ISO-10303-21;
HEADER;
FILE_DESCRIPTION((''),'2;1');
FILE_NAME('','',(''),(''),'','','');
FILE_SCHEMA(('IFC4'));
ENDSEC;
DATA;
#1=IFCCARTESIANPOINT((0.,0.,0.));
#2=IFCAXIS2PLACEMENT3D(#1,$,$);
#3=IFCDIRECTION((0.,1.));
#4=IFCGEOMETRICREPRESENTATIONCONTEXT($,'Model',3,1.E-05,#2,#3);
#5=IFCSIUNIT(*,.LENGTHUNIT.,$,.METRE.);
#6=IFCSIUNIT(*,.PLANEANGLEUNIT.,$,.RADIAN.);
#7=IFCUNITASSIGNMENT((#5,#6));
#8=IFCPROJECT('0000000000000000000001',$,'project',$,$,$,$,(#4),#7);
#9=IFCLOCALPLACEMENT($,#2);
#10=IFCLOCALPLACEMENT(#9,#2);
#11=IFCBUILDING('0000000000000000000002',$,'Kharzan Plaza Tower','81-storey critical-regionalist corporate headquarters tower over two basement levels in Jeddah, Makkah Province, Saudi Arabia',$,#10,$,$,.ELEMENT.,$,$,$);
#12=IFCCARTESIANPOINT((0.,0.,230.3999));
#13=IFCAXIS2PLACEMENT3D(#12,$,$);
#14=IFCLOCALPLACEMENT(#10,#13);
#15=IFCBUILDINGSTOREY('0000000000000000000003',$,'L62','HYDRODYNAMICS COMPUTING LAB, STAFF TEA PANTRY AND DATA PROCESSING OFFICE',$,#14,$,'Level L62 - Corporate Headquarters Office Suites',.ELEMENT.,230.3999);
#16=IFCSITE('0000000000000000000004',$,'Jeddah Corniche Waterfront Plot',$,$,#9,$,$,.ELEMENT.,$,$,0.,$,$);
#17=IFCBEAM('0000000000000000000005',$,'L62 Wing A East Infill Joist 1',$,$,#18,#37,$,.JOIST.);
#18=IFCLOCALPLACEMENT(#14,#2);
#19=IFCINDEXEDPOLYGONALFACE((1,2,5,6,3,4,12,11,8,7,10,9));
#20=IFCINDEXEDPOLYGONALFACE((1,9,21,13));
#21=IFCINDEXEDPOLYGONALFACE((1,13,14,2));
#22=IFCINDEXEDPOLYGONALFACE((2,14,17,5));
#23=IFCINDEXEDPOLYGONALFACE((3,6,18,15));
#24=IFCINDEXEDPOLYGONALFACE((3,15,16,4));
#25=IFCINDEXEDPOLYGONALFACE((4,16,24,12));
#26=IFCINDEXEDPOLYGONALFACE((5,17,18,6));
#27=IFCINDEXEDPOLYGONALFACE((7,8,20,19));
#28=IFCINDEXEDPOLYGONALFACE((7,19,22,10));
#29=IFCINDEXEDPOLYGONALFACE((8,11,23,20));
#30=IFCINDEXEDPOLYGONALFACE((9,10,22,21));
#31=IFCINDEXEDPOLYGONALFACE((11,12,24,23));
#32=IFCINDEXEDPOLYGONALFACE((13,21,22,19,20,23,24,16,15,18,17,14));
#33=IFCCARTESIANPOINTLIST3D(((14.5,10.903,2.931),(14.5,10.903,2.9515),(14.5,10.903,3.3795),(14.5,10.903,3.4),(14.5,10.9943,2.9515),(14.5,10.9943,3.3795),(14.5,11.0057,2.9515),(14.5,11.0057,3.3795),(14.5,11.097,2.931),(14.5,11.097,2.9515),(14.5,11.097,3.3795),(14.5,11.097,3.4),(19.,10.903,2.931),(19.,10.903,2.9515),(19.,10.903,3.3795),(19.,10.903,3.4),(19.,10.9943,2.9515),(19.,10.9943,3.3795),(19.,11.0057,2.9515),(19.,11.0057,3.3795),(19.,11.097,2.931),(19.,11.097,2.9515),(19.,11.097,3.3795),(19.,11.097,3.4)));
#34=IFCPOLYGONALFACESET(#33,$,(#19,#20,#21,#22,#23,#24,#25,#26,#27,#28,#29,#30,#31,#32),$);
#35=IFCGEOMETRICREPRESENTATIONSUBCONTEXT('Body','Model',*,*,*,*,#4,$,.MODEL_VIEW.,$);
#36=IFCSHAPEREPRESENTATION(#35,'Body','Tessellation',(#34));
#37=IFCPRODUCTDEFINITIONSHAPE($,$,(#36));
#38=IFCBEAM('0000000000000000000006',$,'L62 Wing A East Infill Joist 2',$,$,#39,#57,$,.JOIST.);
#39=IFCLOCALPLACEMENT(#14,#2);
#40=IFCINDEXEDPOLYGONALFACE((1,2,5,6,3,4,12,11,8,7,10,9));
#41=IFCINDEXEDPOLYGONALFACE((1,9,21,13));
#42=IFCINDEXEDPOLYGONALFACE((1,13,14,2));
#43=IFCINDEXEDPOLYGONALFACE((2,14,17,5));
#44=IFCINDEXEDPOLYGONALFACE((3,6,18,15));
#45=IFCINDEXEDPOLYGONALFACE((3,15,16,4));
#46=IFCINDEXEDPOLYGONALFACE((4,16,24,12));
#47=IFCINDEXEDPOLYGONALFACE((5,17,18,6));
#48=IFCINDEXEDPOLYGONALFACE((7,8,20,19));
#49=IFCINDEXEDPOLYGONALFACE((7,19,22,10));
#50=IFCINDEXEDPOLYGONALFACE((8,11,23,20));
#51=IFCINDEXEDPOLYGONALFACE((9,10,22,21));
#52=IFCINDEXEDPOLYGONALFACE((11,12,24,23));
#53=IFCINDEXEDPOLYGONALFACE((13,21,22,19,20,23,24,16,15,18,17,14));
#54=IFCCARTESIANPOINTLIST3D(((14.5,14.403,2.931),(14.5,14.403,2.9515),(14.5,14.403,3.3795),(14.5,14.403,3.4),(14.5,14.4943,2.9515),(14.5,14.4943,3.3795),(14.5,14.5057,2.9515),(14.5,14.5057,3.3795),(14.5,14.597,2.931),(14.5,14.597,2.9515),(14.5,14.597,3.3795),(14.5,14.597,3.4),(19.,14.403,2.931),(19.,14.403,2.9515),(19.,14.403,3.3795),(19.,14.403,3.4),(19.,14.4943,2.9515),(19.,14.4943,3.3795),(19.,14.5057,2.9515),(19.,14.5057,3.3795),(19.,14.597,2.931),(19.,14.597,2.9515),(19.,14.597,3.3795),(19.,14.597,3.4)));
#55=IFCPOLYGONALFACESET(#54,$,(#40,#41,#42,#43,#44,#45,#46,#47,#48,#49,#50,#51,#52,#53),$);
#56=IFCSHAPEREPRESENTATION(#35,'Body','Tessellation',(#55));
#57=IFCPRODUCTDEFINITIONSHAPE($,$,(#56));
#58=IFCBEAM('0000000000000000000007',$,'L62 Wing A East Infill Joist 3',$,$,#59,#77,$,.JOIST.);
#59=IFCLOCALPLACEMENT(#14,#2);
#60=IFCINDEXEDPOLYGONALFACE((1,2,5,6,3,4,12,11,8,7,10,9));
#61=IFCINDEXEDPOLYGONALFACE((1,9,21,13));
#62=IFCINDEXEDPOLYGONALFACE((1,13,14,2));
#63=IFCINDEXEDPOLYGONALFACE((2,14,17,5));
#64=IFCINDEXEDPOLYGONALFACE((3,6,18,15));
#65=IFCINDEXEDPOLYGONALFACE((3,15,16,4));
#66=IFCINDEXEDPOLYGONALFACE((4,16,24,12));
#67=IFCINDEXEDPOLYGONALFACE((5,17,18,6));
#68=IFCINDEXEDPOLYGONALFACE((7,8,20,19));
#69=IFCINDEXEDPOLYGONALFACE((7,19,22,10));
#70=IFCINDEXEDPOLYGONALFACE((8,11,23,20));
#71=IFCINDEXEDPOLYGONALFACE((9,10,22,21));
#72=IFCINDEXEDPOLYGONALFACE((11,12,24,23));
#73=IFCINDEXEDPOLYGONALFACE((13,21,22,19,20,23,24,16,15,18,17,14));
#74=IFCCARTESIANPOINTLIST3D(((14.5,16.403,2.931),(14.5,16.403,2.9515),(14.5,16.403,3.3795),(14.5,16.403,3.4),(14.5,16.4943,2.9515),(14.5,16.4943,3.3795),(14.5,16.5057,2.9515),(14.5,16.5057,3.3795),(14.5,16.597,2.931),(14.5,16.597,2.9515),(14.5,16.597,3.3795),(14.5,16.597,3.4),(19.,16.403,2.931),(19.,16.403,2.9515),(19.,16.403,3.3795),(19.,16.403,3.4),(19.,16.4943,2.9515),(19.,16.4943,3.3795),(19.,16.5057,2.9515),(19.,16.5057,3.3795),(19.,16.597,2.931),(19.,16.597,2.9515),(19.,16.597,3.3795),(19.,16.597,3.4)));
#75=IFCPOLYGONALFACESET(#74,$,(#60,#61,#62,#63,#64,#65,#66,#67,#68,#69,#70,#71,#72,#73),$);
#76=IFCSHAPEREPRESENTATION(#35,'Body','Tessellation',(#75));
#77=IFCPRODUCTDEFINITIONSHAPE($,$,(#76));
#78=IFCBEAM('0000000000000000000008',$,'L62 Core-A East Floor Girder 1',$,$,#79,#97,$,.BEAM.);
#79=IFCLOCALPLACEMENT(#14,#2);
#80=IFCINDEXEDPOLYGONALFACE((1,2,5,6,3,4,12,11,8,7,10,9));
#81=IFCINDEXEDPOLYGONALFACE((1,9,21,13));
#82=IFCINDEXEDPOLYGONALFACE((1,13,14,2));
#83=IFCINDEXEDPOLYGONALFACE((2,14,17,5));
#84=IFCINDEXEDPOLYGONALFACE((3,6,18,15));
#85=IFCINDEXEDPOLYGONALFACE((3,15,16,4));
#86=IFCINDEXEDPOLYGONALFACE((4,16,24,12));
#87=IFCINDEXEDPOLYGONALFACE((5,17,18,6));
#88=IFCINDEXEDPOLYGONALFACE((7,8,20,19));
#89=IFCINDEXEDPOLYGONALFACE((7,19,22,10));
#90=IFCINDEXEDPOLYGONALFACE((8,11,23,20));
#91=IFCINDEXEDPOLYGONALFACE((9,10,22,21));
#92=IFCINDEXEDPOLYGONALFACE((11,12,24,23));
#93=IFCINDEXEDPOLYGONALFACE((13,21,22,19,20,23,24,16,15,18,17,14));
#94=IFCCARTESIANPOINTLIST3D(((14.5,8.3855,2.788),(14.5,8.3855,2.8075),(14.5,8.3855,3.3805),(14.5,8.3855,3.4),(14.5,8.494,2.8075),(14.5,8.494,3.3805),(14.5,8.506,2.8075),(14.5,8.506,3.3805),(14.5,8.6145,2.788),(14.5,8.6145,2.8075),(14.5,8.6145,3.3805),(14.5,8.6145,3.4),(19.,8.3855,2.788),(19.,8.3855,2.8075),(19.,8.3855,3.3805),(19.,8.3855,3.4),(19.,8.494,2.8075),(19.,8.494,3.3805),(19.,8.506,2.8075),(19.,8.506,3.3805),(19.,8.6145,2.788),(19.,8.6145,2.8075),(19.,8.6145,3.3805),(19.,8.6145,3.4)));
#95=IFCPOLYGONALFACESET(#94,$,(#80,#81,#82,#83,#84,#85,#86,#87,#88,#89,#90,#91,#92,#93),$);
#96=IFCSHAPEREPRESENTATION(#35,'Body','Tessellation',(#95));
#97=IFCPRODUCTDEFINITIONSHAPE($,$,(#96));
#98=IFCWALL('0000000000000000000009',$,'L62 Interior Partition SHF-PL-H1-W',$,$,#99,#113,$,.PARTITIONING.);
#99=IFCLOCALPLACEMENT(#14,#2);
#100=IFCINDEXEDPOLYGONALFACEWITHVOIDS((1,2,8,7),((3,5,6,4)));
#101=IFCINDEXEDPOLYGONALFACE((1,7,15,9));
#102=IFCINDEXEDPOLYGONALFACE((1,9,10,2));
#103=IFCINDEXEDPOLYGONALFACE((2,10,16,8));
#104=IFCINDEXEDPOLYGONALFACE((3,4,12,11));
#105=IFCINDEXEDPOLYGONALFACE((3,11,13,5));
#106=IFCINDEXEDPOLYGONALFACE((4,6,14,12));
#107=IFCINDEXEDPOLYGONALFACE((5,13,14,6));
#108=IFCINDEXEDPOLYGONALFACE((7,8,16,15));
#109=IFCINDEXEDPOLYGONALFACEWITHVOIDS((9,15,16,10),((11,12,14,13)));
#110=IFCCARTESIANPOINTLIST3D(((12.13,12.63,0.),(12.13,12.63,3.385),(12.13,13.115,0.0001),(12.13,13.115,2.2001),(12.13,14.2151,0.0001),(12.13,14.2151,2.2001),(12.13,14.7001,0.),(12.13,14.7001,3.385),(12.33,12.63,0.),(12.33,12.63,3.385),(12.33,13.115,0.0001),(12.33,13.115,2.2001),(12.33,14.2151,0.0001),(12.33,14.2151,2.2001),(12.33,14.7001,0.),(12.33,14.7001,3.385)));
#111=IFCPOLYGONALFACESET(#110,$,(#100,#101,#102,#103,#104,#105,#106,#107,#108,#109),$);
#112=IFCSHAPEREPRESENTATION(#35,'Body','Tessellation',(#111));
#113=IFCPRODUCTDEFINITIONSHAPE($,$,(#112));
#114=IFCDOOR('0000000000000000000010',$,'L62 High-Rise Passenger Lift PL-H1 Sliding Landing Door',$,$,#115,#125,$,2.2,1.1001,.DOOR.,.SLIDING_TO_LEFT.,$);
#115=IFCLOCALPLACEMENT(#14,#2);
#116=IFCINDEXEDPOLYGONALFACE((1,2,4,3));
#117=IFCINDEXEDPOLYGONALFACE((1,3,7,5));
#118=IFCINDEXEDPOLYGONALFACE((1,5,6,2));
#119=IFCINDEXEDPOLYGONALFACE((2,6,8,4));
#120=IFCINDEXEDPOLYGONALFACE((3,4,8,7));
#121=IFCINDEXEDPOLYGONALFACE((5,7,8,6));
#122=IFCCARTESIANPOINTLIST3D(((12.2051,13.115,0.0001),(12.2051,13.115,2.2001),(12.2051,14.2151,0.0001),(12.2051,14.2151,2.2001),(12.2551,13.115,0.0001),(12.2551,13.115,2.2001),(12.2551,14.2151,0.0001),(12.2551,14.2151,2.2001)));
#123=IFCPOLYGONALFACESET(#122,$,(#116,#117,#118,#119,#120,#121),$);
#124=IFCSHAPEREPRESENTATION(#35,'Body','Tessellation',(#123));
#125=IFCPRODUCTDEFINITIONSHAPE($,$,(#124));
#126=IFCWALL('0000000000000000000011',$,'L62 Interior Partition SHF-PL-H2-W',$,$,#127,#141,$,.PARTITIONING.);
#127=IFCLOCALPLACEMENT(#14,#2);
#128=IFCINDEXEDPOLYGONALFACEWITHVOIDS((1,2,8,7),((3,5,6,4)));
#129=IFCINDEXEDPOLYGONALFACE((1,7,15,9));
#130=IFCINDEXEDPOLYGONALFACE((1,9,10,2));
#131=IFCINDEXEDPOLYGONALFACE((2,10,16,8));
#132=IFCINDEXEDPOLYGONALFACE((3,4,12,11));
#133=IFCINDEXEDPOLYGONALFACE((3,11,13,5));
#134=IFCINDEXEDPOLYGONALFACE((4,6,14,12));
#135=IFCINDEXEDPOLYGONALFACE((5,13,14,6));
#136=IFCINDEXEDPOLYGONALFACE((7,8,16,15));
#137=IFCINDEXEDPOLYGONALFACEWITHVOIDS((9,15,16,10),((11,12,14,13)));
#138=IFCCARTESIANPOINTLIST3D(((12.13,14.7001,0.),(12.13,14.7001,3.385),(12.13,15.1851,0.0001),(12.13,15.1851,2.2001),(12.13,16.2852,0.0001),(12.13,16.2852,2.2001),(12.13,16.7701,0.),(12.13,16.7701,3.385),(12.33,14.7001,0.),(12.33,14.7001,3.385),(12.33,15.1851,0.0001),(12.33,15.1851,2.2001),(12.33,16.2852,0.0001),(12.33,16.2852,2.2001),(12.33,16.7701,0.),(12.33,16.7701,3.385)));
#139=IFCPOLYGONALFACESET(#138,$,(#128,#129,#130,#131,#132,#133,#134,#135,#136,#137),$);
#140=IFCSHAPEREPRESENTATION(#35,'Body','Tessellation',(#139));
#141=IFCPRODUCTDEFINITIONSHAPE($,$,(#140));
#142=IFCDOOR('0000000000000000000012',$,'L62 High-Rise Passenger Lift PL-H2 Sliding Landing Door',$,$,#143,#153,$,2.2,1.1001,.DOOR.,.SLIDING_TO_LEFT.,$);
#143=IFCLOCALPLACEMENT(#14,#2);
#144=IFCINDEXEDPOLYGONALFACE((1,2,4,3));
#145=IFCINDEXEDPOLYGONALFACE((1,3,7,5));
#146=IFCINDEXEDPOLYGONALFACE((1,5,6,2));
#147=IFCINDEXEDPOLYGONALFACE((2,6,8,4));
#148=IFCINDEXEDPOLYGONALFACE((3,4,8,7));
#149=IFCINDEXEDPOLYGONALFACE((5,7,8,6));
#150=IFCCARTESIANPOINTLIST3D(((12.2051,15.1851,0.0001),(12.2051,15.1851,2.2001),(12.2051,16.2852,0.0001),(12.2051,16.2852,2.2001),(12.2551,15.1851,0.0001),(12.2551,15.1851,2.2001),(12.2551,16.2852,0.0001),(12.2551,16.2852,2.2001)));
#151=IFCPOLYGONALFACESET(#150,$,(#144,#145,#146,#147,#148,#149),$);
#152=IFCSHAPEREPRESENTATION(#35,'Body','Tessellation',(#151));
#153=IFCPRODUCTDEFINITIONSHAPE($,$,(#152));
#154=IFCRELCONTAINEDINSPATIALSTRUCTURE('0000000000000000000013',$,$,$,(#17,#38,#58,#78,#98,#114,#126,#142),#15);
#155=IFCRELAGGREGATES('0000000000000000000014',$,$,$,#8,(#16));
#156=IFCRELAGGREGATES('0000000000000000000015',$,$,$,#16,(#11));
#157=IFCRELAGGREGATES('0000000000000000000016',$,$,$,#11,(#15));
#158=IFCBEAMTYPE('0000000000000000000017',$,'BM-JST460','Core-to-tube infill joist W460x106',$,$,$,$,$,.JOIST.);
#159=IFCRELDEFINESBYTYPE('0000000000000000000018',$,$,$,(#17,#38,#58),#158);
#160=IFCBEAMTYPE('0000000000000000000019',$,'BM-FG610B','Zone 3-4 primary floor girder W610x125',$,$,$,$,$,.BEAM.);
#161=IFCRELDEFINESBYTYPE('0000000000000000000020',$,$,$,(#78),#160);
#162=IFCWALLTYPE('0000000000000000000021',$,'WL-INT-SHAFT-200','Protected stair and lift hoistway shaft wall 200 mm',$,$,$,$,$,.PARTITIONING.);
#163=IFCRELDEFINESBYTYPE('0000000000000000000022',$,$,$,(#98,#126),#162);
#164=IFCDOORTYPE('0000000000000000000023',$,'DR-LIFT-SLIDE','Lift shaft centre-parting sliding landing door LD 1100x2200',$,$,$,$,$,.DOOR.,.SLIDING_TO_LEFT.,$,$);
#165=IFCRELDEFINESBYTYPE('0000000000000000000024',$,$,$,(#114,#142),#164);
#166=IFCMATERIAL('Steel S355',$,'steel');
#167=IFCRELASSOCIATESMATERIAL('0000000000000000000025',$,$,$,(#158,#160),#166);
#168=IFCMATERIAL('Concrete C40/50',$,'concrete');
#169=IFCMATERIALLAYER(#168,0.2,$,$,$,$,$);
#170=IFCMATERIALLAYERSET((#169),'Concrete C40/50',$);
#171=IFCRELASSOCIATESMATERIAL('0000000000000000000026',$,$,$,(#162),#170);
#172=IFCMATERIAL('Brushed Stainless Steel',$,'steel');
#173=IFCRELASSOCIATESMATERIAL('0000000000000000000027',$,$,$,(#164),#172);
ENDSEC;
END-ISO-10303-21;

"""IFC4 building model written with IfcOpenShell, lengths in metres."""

from ifc_helpers import new_model, si_unit, direction, frame, frame_2d, origin, origin_2d, place, context, subcontext, project, spatial, rectangle, i_section, extrude, source, transform, mapped, material, layer, layer_set, material_profile, profile_set, type_object, element, fill, save


model = new_model("IFC4")

# Units and contexts
model_context = context("Model", 3, precision=1e-05, world=origin(), true_north=direction((0.0, 1.0)))
body_context = subcontext(model_context, "Body", "Model", "MODEL_VIEW")
ifc_project = project(units=[si_unit("LENGTHUNIT", "METRE"), si_unit("PLANEANGLEUNIT", "RADIAN")], contexts=[model_context])

# Site, building, storey
site_placement = place(None, origin())
site = spatial("IfcSite", under=ifc_project, at=site_placement, Name="Jeddah Corniche Waterfront Plot", CompositionType="ELEMENT", RefElevation=0.0)
building_placement = place(site_placement, origin())
building = spatial("IfcBuilding", under=site, at=building_placement, Name="Kharzan Plaza Tower", Description="81-storey critical-regionalist corporate headquarters tower over two basement levels in Jeddah, Makkah Province, Saudi Arabia", CompositionType="ELEMENT")
storey_placement = place(building_placement, frame((0.0, 0.0, 230.3999)))
storey = spatial("IfcBuildingStorey", under=building, at=storey_placement, Name="L62", Description="HYDRODYNAMICS COMPUTING LAB, STAFF TEA PANTRY AND DATA PROCESSING OFFICE", LongName="Level L62 - Corporate Headquarters Office Suites", CompositionType="ELEMENT", Elevation=230.3999)

# Beams
ifc_material_1 = material(Name="Steel S355", Category="steel")
ifc_material_profile_1 = material_profile(ifc_material_1, i_section(OverallWidth=0.1941, OverallDepth=0.469, WebThickness=0.0115, FlangeThickness=0.0205, at=origin_2d()), Name="W460x106")
ifc_profile_set_1 = profile_set([ifc_material_profile_1], Name="Steel S355")
beam_type_1 = type_object("IfcBeamType", Name="BM-JST460", Description="Core-to-tube infill joist W460x106", PredefinedType="JOIST", material=ifc_profile_set_1)
shared_shape_1 = source(origin(), body_context, "Body", "SweptSolid", [
    extrude(i_section(OverallWidth=0.1941, OverallDepth=0.469, WebThickness=0.0115, FlangeThickness=0.0205, at=origin_2d()), origin(), (0.0, 0.0, 1.0), 4.5),
])
for number, where, z_axis, x_axis, name in (
    (1, (14.5, 11.0, 3.1655), (1.0, 0.0, 0.0), (0.0, 1.0, 0.0), "L62 Wing A East Infill Joist 1"),
    (2, (14.5, 14.5, 3.1655), (1.0, 0.0, 0.0), (0.0, 1.0, 0.0), "L62 Wing A East Infill Joist 2"),
    (3, (14.5, 16.5, 3.1655), (1.0, 0.0, 0.0), (0.0, 1.0, 0.0), "L62 Wing A East Infill Joist 3"),
):
    element("IfcBeam", number, at=place(storey_placement, frame(where, z_axis=z_axis, x_axis=x_axis)), inside=storey, type_object=beam_type_1, Name=name, PredefinedType="JOIST", context=body_context, shape_type="MappedRepresentation", body=[
        mapped(shared_shape_1, transform((0.0, 0.0, 0.0), x_axis=(1.0, 0.0, 0.0), y_axis=(0.0, 1.0, 0.0), z_axis=(0.0, 0.0, 1.0))),
    ])
ifc_material_profile_2 = material_profile(ifc_material_1, i_section(OverallWidth=0.229, OverallDepth=0.6121, WebThickness=0.012, FlangeThickness=0.0195, at=origin_2d()), Name="W610x125")
ifc_profile_set_2 = profile_set([ifc_material_profile_2], Name="Steel S355")
beam_type_2 = type_object("IfcBeamType", Name="BM-FG610B", Description="Zone 3-4 primary floor girder W610x125", PredefinedType="BEAM", material=ifc_profile_set_2)
shared_shape_2 = source(origin(), body_context, "Body", "SweptSolid", [
    extrude(i_section(OverallWidth=0.229, OverallDepth=0.6121, WebThickness=0.012, FlangeThickness=0.0195, at=origin_2d()), origin(), (0.0, 0.0, 1.0), 4.5),
])
beam_placement = place(storey_placement, frame((14.5, 8.5, 3.094), z_axis=(1.0, 0.0, 0.0), x_axis=(0.0, 1.0, 0.0)))
element("IfcBeam", 4, at=beam_placement, inside=storey, type_object=beam_type_2, Name="L62 Core-A East Floor Girder 1", PredefinedType="BEAM", context=body_context, shape_type="MappedRepresentation", body=[
    mapped(shared_shape_2, transform((0.0, 0.0, 0.0), x_axis=(1.0, 0.0, 0.0), y_axis=(0.0, 1.0, 0.0), z_axis=(0.0, 0.0, 1.0))),
])

# Walls, openings, doors
ifc_material_2 = material(Name="Concrete C40/50", Category="concrete")
ifc_layer_1 = layer(ifc_material_2, 0.2)
ifc_layer_set_1 = layer_set([ifc_layer_1], Name="Concrete C40/50")
wall_type_1 = type_object("IfcWallType", Name="WL-INT-SHAFT-200", Description="Protected stair and lift hoistway shaft wall 200 mm", PredefinedType="PARTITIONING", material=ifc_layer_set_1)
wall_1_placement = place(storey_placement, frame((12.23, 12.6299, 0.0), z_axis=(0.0, 0.0, 1.0), x_axis=(0.0, 1.0, 0.0)))
wall_1 = element("IfcWall", 5, at=wall_1_placement, inside=storey, type_object=wall_type_1, Name="L62 Interior Partition SHF-PL-H1-W", PredefinedType="PARTITIONING", context=body_context, shape_type="SweptSolid", body=[
    extrude(rectangle(XDim=2.0701, YDim=0.2, at=frame_2d((1.0352, 0.0))), origin(), (0.0, 0.0, 1.0), 3.385),
])
opening_1_placement = place(wall_1_placement, frame((0.4851, 0.0, 0.0)))
opening_1 = element("IfcOpeningElement", 6, at=opening_1_placement, cuts=wall_1, PredefinedType="OPENING", context=body_context, shape_type="SweptSolid", body=[
    extrude(rectangle(XDim=1.1001, YDim=2.2, at=frame_2d((0.55, 1.1001))), frame((0.0, 0.1099, 0.0), z_axis=(0.0, -1.0, 0.0), x_axis=(1.0, 0.0, 0.0)), (0.0, 0.0, 1.0), 0.22),
])
ifc_material_3 = material(Name="Brushed Stainless Steel", Category="steel")
door_type = type_object("IfcDoorType", Name="DR-LIFT-SLIDE", Description="Lift shaft centre-parting sliding landing door LD 1100x2200", OperationType="SLIDING_TO_LEFT", PredefinedType="DOOR", material=ifc_material_3)
shared_shape_3 = source(origin(), body_context, "Body", "SweptSolid", [
    extrude(rectangle(XDim=1.1001, YDim=2.2, at=frame_2d((0.55, 1.1001))), frame((0.0, 0.0249, 0.0), z_axis=(0.0, -1.0, 0.0), x_axis=(1.0, 0.0, 0.0)), (0.0, 0.0, 1.0), 0.05),
])
door_1_placement = place(opening_1_placement, origin())
door_1 = element("IfcDoor", 7, at=door_1_placement, inside=storey, type_object=door_type, Name="L62 High-Rise Passenger Lift PL-H1 Sliding Landing Door", OperationType="SLIDING_TO_LEFT", OverallHeight=2.2, OverallWidth=1.1001, PredefinedType="DOOR", context=body_context, shape_type="MappedRepresentation", body=[
    mapped(shared_shape_3, transform((0.0, 0.0, 0.0), x_axis=(1.0, 0.0, 0.0), y_axis=(0.0, 1.0, 0.0), z_axis=(0.0, 0.0, 1.0))),
])
fill(opening_1, door_1)
wall_2_placement = place(storey_placement, frame((12.23, 14.7, 0.0), z_axis=(0.0, 0.0, 1.0), x_axis=(0.0, 1.0, 0.0)))
wall_2 = element("IfcWall", 8, at=wall_2_placement, inside=storey, type_object=wall_type_1, Name="L62 Interior Partition SHF-PL-H2-W", PredefinedType="PARTITIONING", context=body_context, shape_type="SweptSolid", body=[
    extrude(rectangle(XDim=2.0701, YDim=0.2, at=frame_2d((1.0352, 0.0))), origin(), (0.0, 0.0, 1.0), 3.385),
])
opening_2_placement = place(wall_2_placement, frame((0.4851, 0.0, 0.0)))
opening_2 = element("IfcOpeningElement", 9, at=opening_2_placement, cuts=wall_2, PredefinedType="OPENING", context=body_context, shape_type="SweptSolid", body=[
    extrude(rectangle(XDim=1.1001, YDim=2.2, at=frame_2d((0.55, 1.1001))), frame((0.0, 0.1099, 0.0), z_axis=(0.0, -1.0, 0.0), x_axis=(1.0, 0.0, 0.0)), (0.0, 0.0, 1.0), 0.22),
])
door_2_placement = place(opening_2_placement, origin())
door_2 = element("IfcDoor", 10, at=door_2_placement, inside=storey, type_object=door_type, Name="L62 High-Rise Passenger Lift PL-H2 Sliding Landing Door", OperationType="SLIDING_TO_LEFT", OverallHeight=2.2, OverallWidth=1.1001, PredefinedType="DOOR", context=body_context, shape_type="MappedRepresentation", body=[
    mapped(shared_shape_3, transform((0.0, 0.0, 0.0), x_axis=(1.0, 0.0, 0.0), y_axis=(0.0, 1.0, 0.0), z_axis=(0.0, 0.0, 1.0))),
])
fill(opening_2, door_2)

save(model, "model.ifc")
